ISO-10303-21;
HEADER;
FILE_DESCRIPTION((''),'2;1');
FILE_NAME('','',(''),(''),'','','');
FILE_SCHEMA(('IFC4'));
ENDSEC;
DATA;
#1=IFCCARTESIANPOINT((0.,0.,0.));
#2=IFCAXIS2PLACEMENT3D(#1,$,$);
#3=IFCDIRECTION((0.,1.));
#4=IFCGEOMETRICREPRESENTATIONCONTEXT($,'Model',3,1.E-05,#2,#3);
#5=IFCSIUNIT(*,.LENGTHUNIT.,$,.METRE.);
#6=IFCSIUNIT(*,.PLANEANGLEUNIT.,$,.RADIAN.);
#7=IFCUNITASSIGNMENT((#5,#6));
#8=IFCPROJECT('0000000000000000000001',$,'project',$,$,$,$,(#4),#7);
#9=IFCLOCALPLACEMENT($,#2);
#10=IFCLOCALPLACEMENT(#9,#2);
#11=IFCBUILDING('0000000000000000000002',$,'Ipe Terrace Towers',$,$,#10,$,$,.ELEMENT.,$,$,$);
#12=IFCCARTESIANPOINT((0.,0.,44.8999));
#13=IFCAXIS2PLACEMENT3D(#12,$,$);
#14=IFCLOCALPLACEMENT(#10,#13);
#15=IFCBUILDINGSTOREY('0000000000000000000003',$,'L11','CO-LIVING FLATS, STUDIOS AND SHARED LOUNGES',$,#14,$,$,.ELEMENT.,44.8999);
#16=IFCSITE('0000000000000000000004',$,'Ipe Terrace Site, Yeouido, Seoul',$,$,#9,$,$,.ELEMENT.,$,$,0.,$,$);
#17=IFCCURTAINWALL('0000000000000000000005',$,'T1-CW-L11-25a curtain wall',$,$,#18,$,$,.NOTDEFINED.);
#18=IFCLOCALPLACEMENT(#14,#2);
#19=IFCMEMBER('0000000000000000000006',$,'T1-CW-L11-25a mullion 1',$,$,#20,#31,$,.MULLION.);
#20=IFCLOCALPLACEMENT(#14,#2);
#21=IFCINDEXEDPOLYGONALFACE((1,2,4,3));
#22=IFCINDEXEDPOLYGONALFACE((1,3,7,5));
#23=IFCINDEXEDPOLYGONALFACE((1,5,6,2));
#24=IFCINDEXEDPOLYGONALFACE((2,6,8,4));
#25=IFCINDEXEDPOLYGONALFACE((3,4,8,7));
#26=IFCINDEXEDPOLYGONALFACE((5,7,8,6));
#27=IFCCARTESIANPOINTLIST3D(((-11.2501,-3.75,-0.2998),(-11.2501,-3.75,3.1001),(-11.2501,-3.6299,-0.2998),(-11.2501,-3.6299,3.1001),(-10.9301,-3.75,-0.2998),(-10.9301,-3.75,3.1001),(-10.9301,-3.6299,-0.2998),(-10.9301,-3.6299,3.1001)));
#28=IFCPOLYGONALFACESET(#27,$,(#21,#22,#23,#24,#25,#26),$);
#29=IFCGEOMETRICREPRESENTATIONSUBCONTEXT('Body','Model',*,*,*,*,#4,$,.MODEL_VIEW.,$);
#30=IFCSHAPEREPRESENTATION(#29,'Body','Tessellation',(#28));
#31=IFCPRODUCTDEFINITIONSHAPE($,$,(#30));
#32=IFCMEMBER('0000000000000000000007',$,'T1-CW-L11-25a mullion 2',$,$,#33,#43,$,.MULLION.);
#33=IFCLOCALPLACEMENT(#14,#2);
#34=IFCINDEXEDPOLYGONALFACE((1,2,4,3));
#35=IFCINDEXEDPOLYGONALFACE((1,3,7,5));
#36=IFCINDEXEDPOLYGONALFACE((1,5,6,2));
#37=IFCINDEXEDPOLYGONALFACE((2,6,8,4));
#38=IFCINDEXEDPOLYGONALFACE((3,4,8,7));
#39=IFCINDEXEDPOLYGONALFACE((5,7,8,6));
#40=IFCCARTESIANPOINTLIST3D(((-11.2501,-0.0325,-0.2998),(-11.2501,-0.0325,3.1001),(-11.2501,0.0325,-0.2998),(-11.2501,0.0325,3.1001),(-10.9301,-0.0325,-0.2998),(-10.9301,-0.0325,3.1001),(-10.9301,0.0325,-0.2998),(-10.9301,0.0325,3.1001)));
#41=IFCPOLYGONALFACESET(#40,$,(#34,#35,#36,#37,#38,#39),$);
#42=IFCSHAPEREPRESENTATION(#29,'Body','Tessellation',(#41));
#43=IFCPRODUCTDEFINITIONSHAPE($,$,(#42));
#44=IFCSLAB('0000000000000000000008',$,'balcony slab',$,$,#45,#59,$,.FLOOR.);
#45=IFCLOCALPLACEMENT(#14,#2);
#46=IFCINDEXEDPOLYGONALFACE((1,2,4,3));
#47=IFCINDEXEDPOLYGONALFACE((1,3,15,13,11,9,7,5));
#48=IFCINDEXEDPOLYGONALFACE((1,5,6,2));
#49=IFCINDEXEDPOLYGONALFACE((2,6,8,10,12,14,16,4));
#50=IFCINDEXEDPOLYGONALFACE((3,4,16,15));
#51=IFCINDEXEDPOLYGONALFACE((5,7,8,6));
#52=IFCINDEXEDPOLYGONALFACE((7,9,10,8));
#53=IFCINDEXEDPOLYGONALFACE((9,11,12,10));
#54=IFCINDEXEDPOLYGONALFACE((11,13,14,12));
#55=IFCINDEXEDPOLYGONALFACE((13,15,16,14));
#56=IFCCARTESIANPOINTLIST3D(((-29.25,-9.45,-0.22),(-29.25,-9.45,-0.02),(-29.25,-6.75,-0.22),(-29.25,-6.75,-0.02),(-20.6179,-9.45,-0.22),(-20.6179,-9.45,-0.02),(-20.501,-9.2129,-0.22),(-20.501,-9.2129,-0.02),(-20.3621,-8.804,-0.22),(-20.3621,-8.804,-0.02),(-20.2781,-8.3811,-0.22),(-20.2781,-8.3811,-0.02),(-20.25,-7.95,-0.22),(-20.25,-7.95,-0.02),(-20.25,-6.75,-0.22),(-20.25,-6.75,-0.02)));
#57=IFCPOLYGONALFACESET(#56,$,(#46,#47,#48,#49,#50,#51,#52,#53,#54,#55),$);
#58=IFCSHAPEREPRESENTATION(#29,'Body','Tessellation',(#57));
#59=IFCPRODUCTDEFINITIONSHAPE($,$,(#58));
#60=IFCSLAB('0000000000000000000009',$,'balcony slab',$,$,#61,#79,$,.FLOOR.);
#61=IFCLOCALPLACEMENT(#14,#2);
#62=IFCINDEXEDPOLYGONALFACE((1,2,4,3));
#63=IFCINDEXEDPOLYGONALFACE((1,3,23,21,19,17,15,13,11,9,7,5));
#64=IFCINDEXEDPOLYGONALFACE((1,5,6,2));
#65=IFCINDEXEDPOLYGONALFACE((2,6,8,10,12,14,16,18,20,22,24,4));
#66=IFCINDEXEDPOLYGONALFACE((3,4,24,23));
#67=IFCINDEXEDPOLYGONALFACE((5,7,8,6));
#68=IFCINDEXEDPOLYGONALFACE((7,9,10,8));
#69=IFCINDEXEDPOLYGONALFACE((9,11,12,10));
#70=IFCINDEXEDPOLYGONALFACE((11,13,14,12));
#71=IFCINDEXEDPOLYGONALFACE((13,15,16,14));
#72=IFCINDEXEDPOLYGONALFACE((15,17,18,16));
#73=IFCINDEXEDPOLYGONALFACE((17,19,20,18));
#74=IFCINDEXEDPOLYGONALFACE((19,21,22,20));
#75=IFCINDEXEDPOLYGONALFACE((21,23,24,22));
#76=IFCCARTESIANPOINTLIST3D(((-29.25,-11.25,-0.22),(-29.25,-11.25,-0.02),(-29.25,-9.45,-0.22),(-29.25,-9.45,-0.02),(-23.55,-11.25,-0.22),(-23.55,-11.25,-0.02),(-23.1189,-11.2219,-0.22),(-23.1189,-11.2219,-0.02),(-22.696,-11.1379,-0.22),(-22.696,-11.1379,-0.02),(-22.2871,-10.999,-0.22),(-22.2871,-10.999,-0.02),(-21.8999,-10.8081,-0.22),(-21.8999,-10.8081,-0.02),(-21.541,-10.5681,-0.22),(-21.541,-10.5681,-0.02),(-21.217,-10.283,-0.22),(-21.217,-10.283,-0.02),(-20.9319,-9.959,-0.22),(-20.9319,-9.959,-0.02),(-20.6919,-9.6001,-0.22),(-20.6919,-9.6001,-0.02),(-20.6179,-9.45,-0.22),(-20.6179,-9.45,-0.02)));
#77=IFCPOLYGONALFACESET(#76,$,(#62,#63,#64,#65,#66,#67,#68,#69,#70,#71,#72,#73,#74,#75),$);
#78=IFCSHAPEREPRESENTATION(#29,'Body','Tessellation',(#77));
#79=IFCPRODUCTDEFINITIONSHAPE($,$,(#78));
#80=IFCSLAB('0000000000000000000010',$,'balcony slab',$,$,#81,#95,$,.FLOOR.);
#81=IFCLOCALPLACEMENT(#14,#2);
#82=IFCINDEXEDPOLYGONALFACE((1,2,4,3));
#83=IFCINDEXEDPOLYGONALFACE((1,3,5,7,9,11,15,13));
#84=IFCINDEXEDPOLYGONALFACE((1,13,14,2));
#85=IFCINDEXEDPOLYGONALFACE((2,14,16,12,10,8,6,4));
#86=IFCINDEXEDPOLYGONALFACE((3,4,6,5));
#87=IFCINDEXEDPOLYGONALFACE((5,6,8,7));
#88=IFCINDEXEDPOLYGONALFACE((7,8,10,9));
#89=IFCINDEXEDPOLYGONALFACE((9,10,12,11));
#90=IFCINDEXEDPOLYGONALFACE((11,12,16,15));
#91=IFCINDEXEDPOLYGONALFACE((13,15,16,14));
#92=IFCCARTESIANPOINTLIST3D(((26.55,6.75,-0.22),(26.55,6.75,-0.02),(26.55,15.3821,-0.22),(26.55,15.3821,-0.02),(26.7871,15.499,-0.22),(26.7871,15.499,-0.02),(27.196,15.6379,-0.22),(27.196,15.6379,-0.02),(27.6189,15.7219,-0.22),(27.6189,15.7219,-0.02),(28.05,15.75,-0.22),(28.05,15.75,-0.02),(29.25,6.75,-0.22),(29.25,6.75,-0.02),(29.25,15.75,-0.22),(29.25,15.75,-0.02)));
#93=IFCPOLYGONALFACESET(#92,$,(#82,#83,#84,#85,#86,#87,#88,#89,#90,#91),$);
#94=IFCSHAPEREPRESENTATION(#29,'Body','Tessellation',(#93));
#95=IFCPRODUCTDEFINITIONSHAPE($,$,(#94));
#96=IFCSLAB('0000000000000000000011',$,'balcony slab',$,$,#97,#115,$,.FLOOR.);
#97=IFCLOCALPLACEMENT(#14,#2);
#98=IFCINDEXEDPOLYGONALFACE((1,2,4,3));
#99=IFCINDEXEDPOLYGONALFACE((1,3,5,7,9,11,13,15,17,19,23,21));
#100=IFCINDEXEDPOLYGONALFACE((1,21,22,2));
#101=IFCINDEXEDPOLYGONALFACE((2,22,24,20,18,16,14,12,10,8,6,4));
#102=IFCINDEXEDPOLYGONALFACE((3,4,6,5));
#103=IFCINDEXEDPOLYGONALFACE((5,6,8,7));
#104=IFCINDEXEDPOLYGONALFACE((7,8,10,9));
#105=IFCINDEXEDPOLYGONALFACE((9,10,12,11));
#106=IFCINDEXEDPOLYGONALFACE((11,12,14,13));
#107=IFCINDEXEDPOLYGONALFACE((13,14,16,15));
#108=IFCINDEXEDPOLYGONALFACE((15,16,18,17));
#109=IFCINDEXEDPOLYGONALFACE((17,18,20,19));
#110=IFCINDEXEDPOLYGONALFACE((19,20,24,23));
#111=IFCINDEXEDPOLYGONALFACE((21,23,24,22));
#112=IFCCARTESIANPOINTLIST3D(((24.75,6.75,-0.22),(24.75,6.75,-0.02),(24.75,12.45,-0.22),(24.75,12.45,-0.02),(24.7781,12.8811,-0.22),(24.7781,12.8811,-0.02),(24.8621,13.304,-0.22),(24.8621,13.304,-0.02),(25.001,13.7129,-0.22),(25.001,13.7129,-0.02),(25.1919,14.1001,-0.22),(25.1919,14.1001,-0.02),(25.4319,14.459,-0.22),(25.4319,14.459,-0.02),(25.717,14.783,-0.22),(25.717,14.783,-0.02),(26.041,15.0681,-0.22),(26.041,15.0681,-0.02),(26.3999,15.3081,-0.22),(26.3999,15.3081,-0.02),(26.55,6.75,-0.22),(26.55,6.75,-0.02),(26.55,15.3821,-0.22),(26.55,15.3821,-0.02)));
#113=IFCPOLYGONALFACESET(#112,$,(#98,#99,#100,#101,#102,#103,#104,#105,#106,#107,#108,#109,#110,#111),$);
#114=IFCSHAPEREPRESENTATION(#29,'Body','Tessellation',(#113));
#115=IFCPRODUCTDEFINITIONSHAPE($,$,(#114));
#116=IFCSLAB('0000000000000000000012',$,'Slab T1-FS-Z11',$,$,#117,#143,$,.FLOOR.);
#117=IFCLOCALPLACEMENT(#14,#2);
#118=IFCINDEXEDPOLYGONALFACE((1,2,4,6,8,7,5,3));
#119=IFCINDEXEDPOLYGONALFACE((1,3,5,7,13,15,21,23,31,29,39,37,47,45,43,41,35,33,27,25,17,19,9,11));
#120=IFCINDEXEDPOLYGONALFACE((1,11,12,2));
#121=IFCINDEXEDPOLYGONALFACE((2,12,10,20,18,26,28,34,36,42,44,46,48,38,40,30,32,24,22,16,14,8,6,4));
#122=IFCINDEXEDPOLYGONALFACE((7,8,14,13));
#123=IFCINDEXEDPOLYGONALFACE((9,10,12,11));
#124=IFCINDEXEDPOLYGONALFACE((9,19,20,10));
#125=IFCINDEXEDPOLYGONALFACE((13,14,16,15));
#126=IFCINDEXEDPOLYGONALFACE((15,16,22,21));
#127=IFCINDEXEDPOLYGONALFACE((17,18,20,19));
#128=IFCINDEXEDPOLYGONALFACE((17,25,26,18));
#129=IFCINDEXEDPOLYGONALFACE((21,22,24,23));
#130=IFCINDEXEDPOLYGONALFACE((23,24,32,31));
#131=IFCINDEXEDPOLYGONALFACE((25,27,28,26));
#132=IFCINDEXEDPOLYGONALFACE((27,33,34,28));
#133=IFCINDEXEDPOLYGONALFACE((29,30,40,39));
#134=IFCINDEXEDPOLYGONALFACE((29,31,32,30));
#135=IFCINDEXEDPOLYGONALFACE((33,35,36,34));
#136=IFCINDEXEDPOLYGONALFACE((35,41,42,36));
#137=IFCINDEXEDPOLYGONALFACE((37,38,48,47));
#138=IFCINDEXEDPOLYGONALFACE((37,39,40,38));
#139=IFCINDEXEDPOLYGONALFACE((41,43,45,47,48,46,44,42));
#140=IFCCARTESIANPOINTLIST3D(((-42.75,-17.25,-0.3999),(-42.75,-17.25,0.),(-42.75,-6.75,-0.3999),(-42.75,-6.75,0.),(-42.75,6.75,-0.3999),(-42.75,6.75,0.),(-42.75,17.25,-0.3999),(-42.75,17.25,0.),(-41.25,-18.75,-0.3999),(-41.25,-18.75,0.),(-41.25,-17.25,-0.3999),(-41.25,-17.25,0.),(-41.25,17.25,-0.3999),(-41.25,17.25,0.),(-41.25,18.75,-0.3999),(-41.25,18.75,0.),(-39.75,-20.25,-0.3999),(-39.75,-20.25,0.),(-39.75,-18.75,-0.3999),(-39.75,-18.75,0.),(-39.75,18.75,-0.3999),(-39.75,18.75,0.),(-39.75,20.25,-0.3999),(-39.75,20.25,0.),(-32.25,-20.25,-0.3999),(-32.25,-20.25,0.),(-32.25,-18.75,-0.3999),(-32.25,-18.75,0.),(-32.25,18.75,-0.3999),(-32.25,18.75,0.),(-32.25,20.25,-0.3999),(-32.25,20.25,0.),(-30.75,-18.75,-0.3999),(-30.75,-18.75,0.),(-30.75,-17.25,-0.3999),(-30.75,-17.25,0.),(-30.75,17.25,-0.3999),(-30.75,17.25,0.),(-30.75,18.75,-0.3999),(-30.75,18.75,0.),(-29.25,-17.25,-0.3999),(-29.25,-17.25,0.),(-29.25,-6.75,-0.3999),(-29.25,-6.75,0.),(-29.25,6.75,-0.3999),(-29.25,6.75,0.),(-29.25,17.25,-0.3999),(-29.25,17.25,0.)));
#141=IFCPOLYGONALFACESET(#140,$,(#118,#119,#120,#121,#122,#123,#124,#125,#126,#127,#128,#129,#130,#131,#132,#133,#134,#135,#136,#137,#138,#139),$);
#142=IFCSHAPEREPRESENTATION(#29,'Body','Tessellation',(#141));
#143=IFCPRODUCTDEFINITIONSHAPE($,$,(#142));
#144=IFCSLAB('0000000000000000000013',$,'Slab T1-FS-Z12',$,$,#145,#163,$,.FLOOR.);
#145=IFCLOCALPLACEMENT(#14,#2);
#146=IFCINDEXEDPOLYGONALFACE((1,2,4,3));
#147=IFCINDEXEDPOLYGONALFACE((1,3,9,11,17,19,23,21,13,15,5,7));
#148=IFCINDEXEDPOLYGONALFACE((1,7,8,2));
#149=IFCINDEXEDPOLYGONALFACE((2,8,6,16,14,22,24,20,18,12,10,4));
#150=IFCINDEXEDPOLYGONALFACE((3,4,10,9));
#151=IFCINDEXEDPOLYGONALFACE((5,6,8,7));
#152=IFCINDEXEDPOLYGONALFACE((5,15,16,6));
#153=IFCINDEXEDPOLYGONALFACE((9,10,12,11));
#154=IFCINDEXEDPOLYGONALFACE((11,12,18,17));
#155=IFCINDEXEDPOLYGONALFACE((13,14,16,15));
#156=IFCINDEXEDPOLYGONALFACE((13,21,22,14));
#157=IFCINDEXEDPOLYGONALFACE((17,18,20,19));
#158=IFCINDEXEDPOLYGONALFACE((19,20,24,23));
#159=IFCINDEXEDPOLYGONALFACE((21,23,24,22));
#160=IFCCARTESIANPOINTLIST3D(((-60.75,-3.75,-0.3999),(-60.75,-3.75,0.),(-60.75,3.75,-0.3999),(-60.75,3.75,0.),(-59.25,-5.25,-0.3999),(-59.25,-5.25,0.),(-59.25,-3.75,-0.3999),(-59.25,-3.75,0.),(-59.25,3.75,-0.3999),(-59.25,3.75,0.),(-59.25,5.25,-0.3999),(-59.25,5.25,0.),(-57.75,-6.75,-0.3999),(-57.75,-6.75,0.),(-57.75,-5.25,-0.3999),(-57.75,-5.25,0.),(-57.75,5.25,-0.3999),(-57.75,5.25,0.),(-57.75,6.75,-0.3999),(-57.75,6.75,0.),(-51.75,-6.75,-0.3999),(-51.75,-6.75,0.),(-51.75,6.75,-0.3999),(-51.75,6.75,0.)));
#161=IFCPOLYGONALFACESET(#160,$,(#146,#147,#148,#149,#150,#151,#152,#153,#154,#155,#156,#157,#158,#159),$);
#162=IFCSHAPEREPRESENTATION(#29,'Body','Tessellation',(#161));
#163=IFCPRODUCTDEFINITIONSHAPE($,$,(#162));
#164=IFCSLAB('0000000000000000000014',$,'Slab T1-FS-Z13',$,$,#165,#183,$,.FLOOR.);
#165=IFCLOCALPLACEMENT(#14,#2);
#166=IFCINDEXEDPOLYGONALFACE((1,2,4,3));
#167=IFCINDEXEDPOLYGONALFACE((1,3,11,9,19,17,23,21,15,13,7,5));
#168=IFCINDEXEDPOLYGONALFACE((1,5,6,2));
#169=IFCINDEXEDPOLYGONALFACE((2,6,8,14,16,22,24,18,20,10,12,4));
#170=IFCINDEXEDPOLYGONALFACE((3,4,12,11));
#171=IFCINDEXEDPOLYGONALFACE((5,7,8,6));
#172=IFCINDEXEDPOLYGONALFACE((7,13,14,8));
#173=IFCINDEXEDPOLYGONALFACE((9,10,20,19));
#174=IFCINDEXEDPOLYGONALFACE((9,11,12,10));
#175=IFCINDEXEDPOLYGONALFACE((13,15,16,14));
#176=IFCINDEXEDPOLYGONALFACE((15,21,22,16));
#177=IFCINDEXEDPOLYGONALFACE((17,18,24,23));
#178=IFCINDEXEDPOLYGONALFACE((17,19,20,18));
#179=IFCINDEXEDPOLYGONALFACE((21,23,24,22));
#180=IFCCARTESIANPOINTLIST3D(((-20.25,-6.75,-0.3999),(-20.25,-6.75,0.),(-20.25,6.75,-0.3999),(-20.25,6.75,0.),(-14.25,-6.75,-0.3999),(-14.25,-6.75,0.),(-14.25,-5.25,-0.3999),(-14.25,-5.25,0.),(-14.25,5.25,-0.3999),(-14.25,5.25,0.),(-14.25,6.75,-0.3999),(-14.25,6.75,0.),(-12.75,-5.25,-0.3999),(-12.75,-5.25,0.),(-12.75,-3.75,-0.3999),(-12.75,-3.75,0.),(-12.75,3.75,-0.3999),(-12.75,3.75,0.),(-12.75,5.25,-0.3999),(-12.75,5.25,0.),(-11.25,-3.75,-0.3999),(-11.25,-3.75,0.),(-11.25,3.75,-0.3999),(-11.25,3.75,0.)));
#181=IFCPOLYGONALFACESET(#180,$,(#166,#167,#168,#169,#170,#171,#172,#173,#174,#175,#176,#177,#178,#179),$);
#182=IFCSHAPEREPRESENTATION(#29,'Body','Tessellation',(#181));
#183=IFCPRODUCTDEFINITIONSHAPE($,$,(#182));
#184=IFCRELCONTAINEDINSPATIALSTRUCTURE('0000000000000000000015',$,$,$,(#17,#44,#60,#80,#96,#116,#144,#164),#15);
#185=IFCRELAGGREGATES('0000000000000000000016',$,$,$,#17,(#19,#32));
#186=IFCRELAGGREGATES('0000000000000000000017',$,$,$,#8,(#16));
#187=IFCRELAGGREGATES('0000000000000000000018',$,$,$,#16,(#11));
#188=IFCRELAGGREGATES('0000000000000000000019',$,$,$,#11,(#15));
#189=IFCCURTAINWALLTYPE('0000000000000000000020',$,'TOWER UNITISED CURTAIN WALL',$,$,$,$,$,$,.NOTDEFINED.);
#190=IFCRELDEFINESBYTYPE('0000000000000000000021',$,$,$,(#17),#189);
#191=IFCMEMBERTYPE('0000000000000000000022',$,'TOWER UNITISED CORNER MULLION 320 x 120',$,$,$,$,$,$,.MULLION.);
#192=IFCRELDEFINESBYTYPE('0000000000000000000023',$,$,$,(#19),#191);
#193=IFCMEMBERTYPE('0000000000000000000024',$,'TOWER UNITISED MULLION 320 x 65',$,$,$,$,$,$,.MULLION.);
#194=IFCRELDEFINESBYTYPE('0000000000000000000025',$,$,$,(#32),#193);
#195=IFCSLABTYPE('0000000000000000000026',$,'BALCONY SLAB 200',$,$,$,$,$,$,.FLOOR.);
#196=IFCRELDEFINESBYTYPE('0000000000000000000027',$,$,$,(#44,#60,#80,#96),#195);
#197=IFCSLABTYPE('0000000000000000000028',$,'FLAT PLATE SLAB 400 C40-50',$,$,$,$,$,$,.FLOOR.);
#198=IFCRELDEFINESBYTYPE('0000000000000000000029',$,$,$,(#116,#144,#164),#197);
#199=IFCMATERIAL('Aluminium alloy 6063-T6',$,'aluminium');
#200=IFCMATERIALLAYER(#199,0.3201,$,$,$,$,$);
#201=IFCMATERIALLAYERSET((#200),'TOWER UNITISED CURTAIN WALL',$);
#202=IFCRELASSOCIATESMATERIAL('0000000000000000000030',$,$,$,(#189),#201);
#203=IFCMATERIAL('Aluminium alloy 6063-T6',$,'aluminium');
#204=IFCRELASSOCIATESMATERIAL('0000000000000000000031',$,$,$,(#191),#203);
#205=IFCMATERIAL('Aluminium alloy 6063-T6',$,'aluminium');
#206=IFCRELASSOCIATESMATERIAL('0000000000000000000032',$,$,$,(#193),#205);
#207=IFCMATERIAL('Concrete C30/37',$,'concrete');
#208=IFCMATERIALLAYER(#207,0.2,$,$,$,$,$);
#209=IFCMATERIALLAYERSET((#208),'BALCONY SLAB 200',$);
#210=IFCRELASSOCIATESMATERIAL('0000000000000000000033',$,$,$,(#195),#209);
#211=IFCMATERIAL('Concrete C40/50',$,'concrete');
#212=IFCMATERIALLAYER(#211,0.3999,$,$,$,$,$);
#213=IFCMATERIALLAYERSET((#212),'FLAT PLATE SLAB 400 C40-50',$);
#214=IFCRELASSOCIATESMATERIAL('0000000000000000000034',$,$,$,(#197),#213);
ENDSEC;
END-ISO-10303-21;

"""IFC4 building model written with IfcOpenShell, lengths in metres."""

from ifc_helpers import new_model, si_unit, direction, frame, origin, origin_2d, place, context, subcontext, project, spatial, polyline, rectangle, outline, extrude, material, layer, layer_set, material_profile, profile_set, type_object, element, aggregate, save


model = new_model("IFC4")

# Units and contexts
model_context = context("Model", 3, precision=1e-05, world=origin(), true_north=direction((0.0, 1.0)))
body_context = subcontext(model_context, "Body", "Model", "MODEL_VIEW")
ifc_project = project(units=[si_unit("LENGTHUNIT", "METRE"), si_unit("PLANEANGLEUNIT", "RADIAN")], contexts=[model_context])

# Site, building, storey
site_placement = place(None, origin())
site = spatial("IfcSite", under=ifc_project, at=site_placement, Name="Ipe Terrace Site, Yeouido, Seoul", CompositionType="ELEMENT", RefElevation=0.0)
building_placement = place(site_placement, origin())
building = spatial("IfcBuilding", under=site, at=building_placement, Name="Ipe Terrace Towers", CompositionType="ELEMENT")
storey_placement = place(building_placement, frame((0.0, 0.0, 44.8999)))
storey = spatial("IfcBuildingStorey", under=building, at=storey_placement, Name="L11", Description="CO-LIVING FLATS, STUDIOS AND SHARED LOUNGES", CompositionType="ELEMENT", Elevation=44.8999)

# Curtain wall, members
ifc_material_1 = material(Name="Aluminium alloy 6063-T6", Category="aluminium")
ifc_layer_1 = layer(ifc_material_1, 0.3201)
ifc_layer_set_1 = layer_set([ifc_layer_1], Name="TOWER UNITISED CURTAIN WALL")
curtain_wall_type = type_object("IfcCurtainWallType", Name="TOWER UNITISED CURTAIN WALL", PredefinedType="NOTDEFINED", material=ifc_layer_set_1)
curtain_wall_placement = place(storey_placement, origin())
curtain_wall = element("IfcCurtainWall", 1, at=curtain_wall_placement, inside=storey, type_object=curtain_wall_type, Name="T1-CW-L11-25a curtain wall", PredefinedType="NOTDEFINED")
ifc_material_2 = material(Name="Aluminium alloy 6063-T6", Category="aluminium")
ifc_material_profile_1 = material_profile(ifc_material_2, rectangle(XDim=0.3201, YDim=0.1201, at=origin_2d()), Name="TOWER UNITISED CORNER MULLION 320 x 120")
ifc_profile_set_1 = profile_set([ifc_material_profile_1], Name="Aluminium alloy 6063-T6")
member_type_1 = type_object("IfcMemberType", Name="TOWER UNITISED CORNER MULLION 320 x 120", PredefinedType="MULLION", material=ifc_profile_set_1)
member_1_placement = place(storey_placement, frame((-11.0901, -3.6899, -0.2998), z_axis=(0.0, 0.0, 1.0), x_axis=(1.0, 0.0, 0.0)))
member_1 = element("IfcMember", 2, at=member_1_placement, type_object=member_type_1, Name="T1-CW-L11-25a mullion 1", PredefinedType="MULLION", context=body_context, shape_type="SweptSolid", body=[
    extrude(rectangle(XDim=0.3201, YDim=0.1201, at=origin_2d()), origin(), (0.0, 0.0, 1.0), 3.3999),
])
ifc_material_3 = material(Name="Aluminium alloy 6063-T6", Category="aluminium")
ifc_material_profile_2 = material_profile(ifc_material_3, rectangle(XDim=0.3201, YDim=0.0649, at=origin_2d()), Name="TOWER UNITISED MULLION 320 x 65")
ifc_profile_set_2 = profile_set([ifc_material_profile_2], Name="Aluminium alloy 6063-T6")
member_type_2 = type_object("IfcMemberType", Name="TOWER UNITISED MULLION 320 x 65", PredefinedType="MULLION", material=ifc_profile_set_2)
member_2_placement = place(storey_placement, frame((-11.0901, 0.0, -0.2998), z_axis=(0.0, 0.0, 1.0), x_axis=(1.0, 0.0, 0.0)))
member_2 = element("IfcMember", 3, at=member_2_placement, type_object=member_type_2, Name="T1-CW-L11-25a mullion 2", PredefinedType="MULLION", context=body_context, shape_type="SweptSolid", body=[
    extrude(rectangle(XDim=0.3201, YDim=0.0649, at=origin_2d()), origin(), (0.0, 0.0, 1.0), 3.3999),
])

# Slabs
ifc_material_4 = material(Name="Concrete C30/37", Category="concrete")
ifc_layer_2 = layer(ifc_material_4, 0.2)
ifc_layer_set_2 = layer_set([ifc_layer_2], Name="BALCONY SLAB 200")
slab_type_1 = type_object("IfcSlabType", Name="BALCONY SLAB 200", PredefinedType="FLOOR", material=ifc_layer_set_2)
slab_1_placement = place(storey_placement, frame((0.0, 0.0, -0.22)))
element("IfcSlab", 4, at=slab_1_placement, inside=storey, type_object=slab_type_1, Name="balcony slab", PredefinedType="FLOOR", context=body_context, shape_type="SweptSolid", body=[
    extrude(outline(polyline([(-20.501, -9.2129), (-20.3621, -8.804), (-20.2781, -8.3811), (-20.25, -7.95), (-20.25, -6.75), (-29.25, -6.75), (-29.25, -9.45), (-20.6179, -9.45), (-20.501, -9.2129)])), origin(), (0.0, 0.0, 1.0), 0.2),
])
slab_2_placement = place(storey_placement, frame((0.0, 0.0, -0.22)))
element("IfcSlab", 5, at=slab_2_placement, inside=storey, type_object=slab_type_1, Name="balcony slab", PredefinedType="FLOOR", context=body_context, shape_type="SweptSolid", body=[
    extrude(outline(polyline([(-29.25, -11.25), (-23.55, -11.25), (-23.1189, -11.2219), (-22.696, -11.1379), (-22.2871, -10.999), (-21.8999, -10.8081), (-21.541, -10.5681), (-21.217, -10.283), (-20.9319, -9.959), (-20.6919, -9.6001), (-20.6179, -9.45), (-29.25, -9.45), (-29.25, -11.25)])), origin(), (0.0, 0.0, 1.0), 0.2),
])
slab_3_placement = place(storey_placement, frame((0.0, 0.0, -0.22)))
element("IfcSlab", 6, at=slab_3_placement, inside=storey, type_object=slab_type_1, Name="balcony slab", PredefinedType="FLOOR", context=body_context, shape_type="SweptSolid", body=[
    extrude(outline(polyline([(26.7871, 15.499), (26.55, 15.3821), (26.55, 6.75), (29.25, 6.75), (29.25, 15.75), (28.05, 15.75), (27.6189, 15.7219), (27.196, 15.6379), (26.7871, 15.499)])), origin(), (0.0, 0.0, 1.0), 0.2),
])
slab_4_placement = place(storey_placement, frame((0.0, 0.0, -0.22)))
element("IfcSlab", 7, at=slab_4_placement, inside=storey, type_object=slab_type_1, Name="balcony slab", PredefinedType="FLOOR", context=body_context, shape_type="SweptSolid", body=[
    extrude(outline(polyline([(24.75, 6.75), (26.55, 6.75), (26.55, 15.3821), (26.3999, 15.3081), (26.041, 15.0681), (25.717, 14.783), (25.4319, 14.459), (25.1919, 14.1001), (25.001, 13.7129), (24.8621, 13.304), (24.7781, 12.8811), (24.75, 12.45), (24.75, 6.75)])), origin(), (0.0, 0.0, 1.0), 0.2),
])
ifc_material_5 = material(Name="Concrete C40/50", Category="concrete")
ifc_layer_3 = layer(ifc_material_5, 0.3999)
ifc_layer_set_3 = layer_set([ifc_layer_3], Name="FLAT PLATE SLAB 400 C40-50")
slab_type_2 = type_object("IfcSlabType", Name="FLAT PLATE SLAB 400 C40-50", PredefinedType="FLOOR", material=ifc_layer_set_3)
slab_5_placement = place(storey_placement, frame((0.0, 0.0, -0.3999)))
element("IfcSlab", 8, at=slab_5_placement, inside=storey, type_object=slab_type_2, Name="Slab T1-FS-Z11", PredefinedType="FLOOR", context=body_context, shape_type="SweptSolid", body=[
    extrude(outline(polyline([(-30.75, -17.25), (-30.75, -18.75), (-32.25, -18.75), (-32.25, -20.25), (-39.75, -20.25), (-39.75, -18.75), (-41.25, -18.75), (-41.25, -17.25), (-42.75, -17.25), (-42.75, -6.75), (-42.75, 6.75), (-42.75, 17.25), (-41.25, 17.25), (-41.25, 18.75), (-39.75, 18.75), (-39.75, 20.25), (-32.25, 20.25), (-32.25, 18.75), (-30.75, 18.75), (-30.75, 17.25), (-29.25, 17.25), (-29.25, 6.75), (-29.25, -6.75), (-29.25, -17.25), (-30.75, -17.25)])), origin(), (0.0, 0.0, 1.0), 0.3999),
])
slab_6_placement = place(storey_placement, frame((0.0, 0.0, -0.3999)))
element("IfcSlab", 9, at=slab_6_placement, inside=storey, type_object=slab_type_2, Name="Slab T1-FS-Z12", PredefinedType="FLOOR", context=body_context, shape_type="SweptSolid", body=[
    extrude(outline(polyline([(-57.75, -6.75), (-57.75, -5.25), (-59.25, -5.25), (-59.25, -3.75), (-60.75, -3.75), (-60.75, 3.75), (-59.25, 3.75), (-59.25, 5.25), (-57.75, 5.25), (-57.75, 6.75), (-51.75, 6.75), (-51.75, -6.75), (-57.75, -6.75)])), origin(), (0.0, 0.0, 1.0), 0.3999),
])
slab_7_placement = place(storey_placement, frame((0.0, 0.0, -0.3999)))
element("IfcSlab", 10, at=slab_7_placement, inside=storey, type_object=slab_type_2, Name="Slab T1-FS-Z13", PredefinedType="FLOOR", context=body_context, shape_type="SweptSolid", body=[
    extrude(outline(polyline([(-14.25, 5.25), (-12.75, 5.25), (-12.75, 3.75), (-11.25, 3.75), (-11.25, -3.75), (-12.75, -3.75), (-12.75, -5.25), (-14.25, -5.25), (-14.25, -6.75), (-20.25, -6.75), (-20.25, 6.75), (-14.25, 6.75), (-14.25, 5.25)])), origin(), (0.0, 0.0, 1.0), 0.3999),
])

aggregate(curtain_wall, [member_1, member_2])

save(model, "model.ifc")
